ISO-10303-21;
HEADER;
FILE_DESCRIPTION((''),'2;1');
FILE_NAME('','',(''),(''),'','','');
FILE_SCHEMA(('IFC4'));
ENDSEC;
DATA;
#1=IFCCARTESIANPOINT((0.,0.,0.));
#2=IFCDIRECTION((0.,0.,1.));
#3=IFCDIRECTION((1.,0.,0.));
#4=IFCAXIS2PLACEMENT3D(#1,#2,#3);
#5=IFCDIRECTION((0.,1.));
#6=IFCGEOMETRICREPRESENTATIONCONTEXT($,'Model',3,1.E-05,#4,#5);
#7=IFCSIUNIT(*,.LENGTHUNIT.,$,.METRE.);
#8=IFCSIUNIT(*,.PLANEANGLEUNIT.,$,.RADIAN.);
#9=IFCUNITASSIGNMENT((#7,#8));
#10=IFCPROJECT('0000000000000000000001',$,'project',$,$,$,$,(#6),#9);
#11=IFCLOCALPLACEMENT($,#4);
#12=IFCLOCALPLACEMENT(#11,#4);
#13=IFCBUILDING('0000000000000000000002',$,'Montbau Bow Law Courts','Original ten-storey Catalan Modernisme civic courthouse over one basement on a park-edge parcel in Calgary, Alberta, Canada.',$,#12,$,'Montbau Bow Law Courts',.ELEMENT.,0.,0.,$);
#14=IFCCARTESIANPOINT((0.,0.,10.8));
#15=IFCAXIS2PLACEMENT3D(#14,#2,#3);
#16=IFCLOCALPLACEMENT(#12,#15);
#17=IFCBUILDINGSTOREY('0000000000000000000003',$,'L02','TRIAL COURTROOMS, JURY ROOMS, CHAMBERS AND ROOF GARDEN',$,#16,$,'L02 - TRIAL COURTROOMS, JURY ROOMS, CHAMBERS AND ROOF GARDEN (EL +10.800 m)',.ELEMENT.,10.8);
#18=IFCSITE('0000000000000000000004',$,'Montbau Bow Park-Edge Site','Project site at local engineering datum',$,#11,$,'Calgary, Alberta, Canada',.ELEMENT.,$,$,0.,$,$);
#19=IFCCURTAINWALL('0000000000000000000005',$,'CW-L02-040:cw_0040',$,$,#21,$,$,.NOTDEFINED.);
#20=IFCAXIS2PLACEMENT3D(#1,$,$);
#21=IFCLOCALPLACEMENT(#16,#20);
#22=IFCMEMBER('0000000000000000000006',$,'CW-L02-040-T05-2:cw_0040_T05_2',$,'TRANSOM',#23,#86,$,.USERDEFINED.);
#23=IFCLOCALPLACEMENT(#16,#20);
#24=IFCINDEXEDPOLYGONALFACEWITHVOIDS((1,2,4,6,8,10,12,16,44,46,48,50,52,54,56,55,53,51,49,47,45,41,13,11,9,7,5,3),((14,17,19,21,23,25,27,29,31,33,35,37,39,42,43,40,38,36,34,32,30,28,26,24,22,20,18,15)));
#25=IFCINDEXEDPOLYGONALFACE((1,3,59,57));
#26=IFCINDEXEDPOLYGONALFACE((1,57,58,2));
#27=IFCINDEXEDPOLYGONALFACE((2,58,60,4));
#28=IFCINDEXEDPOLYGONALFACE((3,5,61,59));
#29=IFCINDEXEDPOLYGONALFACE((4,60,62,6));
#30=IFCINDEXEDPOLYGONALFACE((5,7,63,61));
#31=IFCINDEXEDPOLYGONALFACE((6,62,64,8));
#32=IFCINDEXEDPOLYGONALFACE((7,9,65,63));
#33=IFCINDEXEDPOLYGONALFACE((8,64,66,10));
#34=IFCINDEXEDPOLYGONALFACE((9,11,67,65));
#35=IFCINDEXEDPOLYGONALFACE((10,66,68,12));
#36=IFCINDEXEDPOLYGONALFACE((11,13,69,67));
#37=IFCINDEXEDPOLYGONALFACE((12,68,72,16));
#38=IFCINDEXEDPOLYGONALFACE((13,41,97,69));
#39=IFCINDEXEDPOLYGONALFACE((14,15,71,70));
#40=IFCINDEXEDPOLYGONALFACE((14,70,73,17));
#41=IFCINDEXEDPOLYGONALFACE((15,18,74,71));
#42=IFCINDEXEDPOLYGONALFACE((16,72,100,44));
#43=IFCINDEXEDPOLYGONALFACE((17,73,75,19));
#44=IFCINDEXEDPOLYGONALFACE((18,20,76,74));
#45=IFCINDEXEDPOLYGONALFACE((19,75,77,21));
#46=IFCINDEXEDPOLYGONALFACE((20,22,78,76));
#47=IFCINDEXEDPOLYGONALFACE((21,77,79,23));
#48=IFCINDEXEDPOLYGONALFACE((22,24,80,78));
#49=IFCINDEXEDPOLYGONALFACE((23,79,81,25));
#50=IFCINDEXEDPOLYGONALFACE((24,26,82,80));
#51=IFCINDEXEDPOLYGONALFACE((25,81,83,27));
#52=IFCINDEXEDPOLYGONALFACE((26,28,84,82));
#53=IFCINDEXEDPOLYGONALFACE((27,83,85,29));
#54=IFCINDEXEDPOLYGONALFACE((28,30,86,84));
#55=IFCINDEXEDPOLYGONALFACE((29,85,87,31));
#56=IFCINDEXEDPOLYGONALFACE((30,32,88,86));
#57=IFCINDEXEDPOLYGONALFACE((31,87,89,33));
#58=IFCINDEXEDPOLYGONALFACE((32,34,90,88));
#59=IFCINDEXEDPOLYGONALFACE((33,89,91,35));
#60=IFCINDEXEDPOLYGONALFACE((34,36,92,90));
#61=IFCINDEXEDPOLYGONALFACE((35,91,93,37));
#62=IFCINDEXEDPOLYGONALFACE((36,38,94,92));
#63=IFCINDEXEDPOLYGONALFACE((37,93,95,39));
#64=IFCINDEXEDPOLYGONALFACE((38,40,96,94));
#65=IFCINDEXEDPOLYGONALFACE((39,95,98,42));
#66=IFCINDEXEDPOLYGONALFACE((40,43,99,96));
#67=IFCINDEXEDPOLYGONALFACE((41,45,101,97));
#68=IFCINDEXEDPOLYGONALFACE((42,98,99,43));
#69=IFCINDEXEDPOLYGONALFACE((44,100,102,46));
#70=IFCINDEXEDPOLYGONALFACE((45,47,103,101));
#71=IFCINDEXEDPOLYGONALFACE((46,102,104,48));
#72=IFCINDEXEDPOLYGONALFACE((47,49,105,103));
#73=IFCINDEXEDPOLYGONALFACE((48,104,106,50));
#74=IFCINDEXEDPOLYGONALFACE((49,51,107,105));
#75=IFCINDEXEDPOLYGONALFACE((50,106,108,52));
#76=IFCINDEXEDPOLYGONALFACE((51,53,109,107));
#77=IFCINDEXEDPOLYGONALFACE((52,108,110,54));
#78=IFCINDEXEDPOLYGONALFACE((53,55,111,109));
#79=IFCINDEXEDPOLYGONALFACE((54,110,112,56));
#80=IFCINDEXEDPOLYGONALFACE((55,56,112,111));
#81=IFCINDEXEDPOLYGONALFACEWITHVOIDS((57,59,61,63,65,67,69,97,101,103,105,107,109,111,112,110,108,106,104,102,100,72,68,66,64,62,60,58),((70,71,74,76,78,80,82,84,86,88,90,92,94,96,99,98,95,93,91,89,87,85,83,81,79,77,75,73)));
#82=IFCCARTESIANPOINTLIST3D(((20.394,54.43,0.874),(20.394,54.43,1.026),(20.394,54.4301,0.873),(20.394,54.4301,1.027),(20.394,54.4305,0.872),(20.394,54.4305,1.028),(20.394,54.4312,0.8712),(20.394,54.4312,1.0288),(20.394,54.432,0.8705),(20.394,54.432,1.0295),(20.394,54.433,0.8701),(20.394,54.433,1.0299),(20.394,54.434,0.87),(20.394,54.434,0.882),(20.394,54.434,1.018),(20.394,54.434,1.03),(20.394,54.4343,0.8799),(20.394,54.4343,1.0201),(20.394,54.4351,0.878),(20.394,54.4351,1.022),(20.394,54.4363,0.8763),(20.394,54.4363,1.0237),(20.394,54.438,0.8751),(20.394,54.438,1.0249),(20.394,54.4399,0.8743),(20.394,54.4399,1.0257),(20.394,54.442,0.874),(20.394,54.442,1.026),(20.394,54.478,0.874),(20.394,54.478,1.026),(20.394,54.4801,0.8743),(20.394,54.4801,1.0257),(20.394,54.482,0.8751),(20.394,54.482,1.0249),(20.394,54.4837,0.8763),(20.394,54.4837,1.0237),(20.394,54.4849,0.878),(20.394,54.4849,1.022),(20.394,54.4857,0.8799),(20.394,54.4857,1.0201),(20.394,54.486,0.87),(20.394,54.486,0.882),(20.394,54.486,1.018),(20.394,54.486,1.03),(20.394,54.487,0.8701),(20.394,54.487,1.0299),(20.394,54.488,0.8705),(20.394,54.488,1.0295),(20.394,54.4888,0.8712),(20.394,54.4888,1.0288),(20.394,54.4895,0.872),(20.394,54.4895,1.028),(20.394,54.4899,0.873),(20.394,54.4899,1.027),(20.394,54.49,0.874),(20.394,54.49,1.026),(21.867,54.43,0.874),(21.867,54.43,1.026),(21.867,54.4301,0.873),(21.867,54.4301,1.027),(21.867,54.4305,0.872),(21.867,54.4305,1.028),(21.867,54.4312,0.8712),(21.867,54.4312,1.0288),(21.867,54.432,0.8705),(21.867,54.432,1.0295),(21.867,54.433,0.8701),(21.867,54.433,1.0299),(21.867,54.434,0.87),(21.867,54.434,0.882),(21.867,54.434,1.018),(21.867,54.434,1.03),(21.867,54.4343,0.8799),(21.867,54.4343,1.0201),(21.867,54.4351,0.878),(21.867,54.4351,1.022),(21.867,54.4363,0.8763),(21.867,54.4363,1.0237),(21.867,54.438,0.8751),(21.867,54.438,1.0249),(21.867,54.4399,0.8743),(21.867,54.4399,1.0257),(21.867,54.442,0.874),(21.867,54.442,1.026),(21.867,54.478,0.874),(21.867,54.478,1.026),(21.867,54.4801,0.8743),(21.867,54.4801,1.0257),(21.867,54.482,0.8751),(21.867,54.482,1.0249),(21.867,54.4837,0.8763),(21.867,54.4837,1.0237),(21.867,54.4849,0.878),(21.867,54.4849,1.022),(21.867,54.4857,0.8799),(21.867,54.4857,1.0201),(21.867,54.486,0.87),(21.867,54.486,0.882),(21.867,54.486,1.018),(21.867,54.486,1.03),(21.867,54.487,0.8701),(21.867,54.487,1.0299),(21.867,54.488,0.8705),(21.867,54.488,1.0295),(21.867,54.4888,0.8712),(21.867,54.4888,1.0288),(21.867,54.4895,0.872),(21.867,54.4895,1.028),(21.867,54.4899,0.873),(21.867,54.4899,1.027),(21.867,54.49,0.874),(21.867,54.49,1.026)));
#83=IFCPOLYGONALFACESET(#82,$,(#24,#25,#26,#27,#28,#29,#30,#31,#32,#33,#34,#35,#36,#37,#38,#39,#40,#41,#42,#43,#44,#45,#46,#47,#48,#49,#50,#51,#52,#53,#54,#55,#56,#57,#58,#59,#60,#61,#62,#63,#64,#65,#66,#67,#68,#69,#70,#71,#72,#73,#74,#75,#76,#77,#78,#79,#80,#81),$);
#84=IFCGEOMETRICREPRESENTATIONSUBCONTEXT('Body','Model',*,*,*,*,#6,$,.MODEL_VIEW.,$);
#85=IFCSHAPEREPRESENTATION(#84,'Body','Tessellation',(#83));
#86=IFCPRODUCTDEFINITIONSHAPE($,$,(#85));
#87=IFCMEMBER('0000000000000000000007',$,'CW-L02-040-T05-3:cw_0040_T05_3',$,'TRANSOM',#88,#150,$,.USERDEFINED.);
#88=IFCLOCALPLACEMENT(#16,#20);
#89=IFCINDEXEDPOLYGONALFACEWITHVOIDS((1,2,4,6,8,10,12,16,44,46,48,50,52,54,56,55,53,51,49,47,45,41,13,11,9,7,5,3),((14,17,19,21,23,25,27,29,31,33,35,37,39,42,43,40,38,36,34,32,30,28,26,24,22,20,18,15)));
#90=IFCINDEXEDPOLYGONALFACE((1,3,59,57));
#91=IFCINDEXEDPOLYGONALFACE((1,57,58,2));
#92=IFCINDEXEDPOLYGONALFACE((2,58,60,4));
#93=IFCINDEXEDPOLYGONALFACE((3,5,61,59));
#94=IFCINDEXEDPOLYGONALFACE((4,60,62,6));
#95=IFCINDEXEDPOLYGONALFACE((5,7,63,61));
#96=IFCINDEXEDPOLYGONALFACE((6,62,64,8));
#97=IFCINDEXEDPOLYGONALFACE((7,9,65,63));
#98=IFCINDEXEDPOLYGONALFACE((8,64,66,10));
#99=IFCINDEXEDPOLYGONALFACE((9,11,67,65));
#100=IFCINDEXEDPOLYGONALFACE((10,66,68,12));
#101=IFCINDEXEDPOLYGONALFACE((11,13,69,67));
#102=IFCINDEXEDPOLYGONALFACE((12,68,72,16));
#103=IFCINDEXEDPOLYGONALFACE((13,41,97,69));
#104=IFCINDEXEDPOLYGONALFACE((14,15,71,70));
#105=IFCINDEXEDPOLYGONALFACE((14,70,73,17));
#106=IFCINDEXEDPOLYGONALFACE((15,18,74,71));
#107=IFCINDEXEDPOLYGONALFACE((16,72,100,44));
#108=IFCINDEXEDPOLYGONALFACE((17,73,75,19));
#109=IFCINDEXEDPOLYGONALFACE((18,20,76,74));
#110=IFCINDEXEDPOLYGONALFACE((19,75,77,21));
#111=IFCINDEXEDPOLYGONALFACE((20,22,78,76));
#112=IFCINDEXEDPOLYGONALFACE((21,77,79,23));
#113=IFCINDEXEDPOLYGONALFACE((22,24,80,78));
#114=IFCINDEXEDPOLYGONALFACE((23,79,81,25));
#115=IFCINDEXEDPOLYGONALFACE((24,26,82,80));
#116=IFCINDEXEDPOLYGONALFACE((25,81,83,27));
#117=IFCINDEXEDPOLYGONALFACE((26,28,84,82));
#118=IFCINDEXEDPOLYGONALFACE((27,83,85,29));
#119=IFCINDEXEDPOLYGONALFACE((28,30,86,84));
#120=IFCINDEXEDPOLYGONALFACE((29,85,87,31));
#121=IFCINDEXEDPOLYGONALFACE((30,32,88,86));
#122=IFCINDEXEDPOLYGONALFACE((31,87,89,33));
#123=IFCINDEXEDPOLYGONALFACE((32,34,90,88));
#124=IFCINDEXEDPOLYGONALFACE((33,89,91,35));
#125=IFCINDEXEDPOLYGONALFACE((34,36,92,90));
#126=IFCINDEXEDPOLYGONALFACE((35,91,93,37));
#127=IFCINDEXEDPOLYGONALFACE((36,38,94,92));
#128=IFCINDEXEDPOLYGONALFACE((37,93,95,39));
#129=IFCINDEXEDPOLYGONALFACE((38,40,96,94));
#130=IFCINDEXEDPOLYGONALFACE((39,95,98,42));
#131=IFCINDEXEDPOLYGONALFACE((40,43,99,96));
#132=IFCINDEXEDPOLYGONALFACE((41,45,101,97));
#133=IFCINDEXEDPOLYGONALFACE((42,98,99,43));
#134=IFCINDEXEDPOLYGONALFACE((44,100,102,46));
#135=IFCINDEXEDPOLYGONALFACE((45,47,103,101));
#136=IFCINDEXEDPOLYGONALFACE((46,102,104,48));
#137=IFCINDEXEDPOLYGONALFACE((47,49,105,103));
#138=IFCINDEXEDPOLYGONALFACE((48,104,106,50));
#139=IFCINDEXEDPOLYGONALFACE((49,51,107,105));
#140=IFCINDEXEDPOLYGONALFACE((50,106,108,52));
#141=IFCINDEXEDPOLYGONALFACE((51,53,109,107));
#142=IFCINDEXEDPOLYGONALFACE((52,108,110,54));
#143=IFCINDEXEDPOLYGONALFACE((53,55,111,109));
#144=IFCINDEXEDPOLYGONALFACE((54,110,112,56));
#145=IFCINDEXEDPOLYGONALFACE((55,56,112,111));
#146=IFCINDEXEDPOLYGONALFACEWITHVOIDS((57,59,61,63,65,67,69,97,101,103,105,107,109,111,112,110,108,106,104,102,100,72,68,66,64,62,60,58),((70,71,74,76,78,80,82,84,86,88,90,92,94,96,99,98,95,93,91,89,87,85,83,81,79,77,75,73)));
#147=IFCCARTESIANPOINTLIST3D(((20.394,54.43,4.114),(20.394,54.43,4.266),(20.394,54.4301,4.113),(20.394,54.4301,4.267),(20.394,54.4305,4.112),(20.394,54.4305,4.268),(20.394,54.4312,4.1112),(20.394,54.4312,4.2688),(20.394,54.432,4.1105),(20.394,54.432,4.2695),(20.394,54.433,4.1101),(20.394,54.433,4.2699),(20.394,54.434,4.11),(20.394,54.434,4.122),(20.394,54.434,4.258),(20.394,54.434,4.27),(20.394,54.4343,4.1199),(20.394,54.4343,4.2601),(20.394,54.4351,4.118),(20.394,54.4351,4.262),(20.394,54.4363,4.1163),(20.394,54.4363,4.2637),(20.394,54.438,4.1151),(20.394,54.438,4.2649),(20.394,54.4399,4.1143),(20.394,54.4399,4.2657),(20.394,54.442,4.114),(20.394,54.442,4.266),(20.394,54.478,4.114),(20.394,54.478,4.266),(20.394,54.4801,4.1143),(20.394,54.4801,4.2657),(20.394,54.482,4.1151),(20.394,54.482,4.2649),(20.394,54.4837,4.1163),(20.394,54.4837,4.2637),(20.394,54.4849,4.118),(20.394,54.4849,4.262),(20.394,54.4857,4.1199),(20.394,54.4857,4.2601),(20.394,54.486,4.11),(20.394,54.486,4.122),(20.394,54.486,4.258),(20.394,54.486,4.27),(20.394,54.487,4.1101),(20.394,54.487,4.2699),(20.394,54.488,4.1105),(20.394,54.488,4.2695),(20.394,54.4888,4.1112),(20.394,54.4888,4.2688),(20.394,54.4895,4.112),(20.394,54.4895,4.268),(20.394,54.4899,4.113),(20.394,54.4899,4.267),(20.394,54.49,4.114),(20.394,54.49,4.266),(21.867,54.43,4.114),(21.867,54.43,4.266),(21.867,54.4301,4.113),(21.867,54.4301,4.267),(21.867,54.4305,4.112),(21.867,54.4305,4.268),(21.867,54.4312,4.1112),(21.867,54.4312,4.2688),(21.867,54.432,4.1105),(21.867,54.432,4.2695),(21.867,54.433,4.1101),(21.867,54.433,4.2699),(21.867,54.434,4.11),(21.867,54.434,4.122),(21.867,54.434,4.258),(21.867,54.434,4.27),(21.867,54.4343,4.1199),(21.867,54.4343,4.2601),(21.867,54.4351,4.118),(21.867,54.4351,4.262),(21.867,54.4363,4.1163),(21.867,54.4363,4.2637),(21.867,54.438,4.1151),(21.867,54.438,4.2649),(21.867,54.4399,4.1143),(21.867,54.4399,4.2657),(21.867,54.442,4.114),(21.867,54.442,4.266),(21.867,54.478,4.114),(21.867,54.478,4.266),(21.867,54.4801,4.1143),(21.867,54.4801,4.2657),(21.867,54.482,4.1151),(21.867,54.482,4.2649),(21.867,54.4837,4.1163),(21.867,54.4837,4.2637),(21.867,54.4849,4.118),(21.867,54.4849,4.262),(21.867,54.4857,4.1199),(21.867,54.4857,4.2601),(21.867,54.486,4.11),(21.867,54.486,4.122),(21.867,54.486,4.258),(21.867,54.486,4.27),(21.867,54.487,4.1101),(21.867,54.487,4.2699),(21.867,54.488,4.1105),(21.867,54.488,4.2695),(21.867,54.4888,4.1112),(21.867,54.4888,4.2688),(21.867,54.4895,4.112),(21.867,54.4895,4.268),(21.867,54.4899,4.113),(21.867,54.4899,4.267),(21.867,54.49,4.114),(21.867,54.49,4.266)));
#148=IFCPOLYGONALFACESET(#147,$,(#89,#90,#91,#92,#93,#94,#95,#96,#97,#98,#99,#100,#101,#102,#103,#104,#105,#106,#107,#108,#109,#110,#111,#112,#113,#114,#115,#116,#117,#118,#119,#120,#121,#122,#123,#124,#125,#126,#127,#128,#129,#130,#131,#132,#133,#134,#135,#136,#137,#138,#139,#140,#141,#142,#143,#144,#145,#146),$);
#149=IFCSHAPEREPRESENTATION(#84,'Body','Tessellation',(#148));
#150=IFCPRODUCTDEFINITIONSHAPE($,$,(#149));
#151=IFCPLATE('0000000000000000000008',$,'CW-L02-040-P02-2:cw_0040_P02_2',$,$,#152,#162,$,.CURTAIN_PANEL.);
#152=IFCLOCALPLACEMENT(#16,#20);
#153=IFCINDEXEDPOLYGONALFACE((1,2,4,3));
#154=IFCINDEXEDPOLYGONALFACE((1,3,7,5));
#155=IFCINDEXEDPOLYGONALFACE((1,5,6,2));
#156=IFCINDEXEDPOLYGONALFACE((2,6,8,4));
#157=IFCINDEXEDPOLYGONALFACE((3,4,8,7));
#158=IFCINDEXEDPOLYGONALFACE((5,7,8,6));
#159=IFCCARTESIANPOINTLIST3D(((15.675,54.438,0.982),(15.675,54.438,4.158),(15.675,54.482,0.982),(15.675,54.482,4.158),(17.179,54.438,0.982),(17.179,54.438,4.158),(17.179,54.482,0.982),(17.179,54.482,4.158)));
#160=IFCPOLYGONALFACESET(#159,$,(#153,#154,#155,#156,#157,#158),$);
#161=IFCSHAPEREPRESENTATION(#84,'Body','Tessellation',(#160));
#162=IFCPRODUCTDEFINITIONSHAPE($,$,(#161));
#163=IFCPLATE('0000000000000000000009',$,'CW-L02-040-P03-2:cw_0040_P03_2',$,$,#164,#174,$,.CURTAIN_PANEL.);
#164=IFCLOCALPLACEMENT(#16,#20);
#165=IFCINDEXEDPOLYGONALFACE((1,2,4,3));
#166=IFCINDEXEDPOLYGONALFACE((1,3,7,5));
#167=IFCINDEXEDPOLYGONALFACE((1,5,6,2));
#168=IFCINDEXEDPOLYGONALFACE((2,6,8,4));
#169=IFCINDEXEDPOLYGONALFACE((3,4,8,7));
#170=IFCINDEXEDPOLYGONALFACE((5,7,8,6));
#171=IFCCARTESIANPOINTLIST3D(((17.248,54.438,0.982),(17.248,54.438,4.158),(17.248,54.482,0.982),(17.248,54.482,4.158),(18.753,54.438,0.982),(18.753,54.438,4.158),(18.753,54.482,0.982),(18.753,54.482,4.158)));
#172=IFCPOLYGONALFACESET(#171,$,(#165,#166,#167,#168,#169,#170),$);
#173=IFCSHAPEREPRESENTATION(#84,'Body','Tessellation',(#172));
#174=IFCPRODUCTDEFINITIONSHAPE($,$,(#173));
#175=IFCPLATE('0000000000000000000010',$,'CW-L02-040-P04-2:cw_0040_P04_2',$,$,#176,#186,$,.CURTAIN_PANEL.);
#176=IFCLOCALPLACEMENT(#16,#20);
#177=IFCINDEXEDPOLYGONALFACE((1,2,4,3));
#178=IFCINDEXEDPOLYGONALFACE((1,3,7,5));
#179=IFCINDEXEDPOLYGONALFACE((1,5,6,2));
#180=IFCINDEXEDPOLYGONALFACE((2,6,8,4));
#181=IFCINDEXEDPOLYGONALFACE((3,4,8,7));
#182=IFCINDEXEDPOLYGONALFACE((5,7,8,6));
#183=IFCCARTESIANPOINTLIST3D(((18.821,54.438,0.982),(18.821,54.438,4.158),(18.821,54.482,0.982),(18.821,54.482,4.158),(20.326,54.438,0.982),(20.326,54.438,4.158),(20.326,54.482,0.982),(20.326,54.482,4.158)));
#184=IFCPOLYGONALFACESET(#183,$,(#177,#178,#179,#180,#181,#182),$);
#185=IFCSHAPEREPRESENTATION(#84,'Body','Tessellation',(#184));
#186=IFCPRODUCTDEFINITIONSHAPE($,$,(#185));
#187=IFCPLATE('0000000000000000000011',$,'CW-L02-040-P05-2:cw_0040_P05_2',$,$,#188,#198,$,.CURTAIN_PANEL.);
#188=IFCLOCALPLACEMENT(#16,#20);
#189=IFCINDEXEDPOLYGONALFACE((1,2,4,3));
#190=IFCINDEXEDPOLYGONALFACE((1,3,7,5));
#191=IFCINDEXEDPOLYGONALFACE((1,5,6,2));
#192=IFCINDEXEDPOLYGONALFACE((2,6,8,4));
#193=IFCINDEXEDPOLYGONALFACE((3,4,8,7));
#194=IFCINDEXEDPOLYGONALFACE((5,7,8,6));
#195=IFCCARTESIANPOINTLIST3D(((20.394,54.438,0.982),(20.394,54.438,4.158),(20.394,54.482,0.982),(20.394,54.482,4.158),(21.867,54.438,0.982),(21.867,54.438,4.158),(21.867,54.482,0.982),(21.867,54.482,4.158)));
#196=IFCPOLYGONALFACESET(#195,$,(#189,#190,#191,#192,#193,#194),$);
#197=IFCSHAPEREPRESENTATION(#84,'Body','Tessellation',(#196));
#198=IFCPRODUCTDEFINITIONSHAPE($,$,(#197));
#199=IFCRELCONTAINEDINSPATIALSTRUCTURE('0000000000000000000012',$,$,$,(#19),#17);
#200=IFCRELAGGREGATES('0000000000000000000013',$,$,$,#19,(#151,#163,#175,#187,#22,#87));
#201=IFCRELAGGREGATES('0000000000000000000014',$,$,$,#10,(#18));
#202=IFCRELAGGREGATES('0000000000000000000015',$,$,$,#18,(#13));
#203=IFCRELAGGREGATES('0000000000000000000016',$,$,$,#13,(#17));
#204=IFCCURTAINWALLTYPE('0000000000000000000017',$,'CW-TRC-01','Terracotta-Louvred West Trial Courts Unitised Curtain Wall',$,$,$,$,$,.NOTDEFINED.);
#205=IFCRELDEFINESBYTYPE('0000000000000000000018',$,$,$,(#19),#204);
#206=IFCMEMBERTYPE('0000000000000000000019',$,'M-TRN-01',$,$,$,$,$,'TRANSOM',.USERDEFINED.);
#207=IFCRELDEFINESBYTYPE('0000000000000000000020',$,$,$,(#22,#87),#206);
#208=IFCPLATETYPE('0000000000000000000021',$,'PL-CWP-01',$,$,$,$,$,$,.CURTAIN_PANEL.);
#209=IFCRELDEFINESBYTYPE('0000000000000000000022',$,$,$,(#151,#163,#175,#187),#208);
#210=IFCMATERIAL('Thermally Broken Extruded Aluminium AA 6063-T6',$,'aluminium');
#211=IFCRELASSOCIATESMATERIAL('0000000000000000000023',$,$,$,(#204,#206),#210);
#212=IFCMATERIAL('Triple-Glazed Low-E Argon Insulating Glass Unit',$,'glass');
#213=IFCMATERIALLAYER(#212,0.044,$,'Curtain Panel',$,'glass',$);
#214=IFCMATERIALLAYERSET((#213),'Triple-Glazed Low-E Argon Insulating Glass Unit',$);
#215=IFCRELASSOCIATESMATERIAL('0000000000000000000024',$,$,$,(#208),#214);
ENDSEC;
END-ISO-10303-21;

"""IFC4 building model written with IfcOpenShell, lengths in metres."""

from ifc_helpers import new_model, si_unit, direction, frame, frame_2d, origin_with_axes, origin_2d_with_axis, place, context, subcontext, project, spatial, rectangle, hollow_rectangle, extrude, material, layer, layer_set, material_profile, profile_set, type_object, element, aggregate, save


model = new_model("IFC4")

# Units and contexts
model_context = context("Model", 3, precision=1e-05, world=origin_with_axes(), true_north=direction((0.0, 1.0)))
body_context = subcontext(model_context, "Body", "Model", "MODEL_VIEW")
ifc_project = project(units=[si_unit("LENGTHUNIT", "METRE"), si_unit("PLANEANGLEUNIT", "RADIAN")], contexts=[model_context])

# Site, building, storey
site_placement = place(None, origin_with_axes())
site = spatial("IfcSite", under=ifc_project, at=site_placement, Name="Montbau Bow Park-Edge Site", Description="Project site at local engineering datum", LongName="Calgary, Alberta, Canada", CompositionType="ELEMENT", RefElevation=0.0)
building_placement = place(site_placement, origin_with_axes())
building = spatial("IfcBuilding", under=site, at=building_placement, Name="Montbau Bow Law Courts", Description="Original ten-storey Catalan Modernisme civic courthouse over one basement on a park-edge parcel in Calgary, Alberta, Canada.", LongName="Montbau Bow Law Courts", CompositionType="ELEMENT", ElevationOfRefHeight=0.0, ElevationOfTerrain=0.0)
storey_placement = place(building_placement, frame((0.0, 0.0, 10.8), z_axis=(0.0, 0.0, 1.0), x_axis=(1.0, 0.0, 0.0)))
storey = spatial("IfcBuildingStorey", under=building, at=storey_placement, Name="L02", Description="TRIAL COURTROOMS, JURY ROOMS, CHAMBERS AND ROOF GARDEN", LongName="L02 - TRIAL COURTROOMS, JURY ROOMS, CHAMBERS AND ROOF GARDEN (EL +10.800 m)", CompositionType="ELEMENT", Elevation=10.8)

# Curtain wall
ifc_material_1 = material(Name="Thermally Broken Extruded Aluminium AA 6063-T6", Category="aluminium")
curtain_wall_type = type_object("IfcCurtainWallType", Name="CW-TRC-01", Description="Terracotta-Louvred West Trial Courts Unitised Curtain Wall", PredefinedType="NOTDEFINED", material=ifc_material_1)
curtain_wall_1_placement = place(None, frame((14.068, 54.46, 10.8), z_axis=(0.0, 0.0, 1.0), x_axis=(1.0, 0.0, 0.0)))
curtain_wall_1 = element("IfcCurtainWall", 1, at=curtain_wall_1_placement, inside=storey, type_object=curtain_wall_type, Name="CW-L02-040:cw_0040", PredefinedType="NOTDEFINED")

# Members
ifc_material_profile_1 = material_profile(ifc_material_1, hollow_rectangle(XDim=0.06, YDim=0.16, WallThickness=0.004, InnerFilletRadius=0.008, OuterFilletRadius=0.004, at=origin_2d_with_axis()), Name="CWT-160X60", Category="Main", Priority=0)
ifc_profile_set_1 = profile_set([ifc_material_profile_1], Name="Thermally Broken Extruded Aluminium AA 6063-T6")
member_type_1 = type_object("IfcMemberType", Name="M-TRN-01", ElementType="TRANSOM", PredefinedType="USERDEFINED", material=ifc_profile_set_1)
member_1_placement = place(None, frame((20.394, 54.46, 11.75), z_axis=(1.0, 0.0, 0.0), x_axis=(0.0, 1.0, 0.0)))
member_1 = element("IfcMember", 2, at=member_1_placement, type_object=member_type_1, Name="CW-L02-040-T05-2:cw_0040_T05_2", ObjectType="TRANSOM", PredefinedType="USERDEFINED", context=body_context, shape_type="SweptSolid", body=[
    extrude(hollow_rectangle(XDim=0.06, YDim=0.16, WallThickness=0.004, InnerFilletRadius=0.008, OuterFilletRadius=0.004, at=origin_2d_with_axis()), origin_with_axes(), (0.0, 0.0, 1.0), 1.473),
])
member_2_placement = place(None, frame((20.394, 54.46, 14.99), z_axis=(1.0, 0.0, 0.0), x_axis=(0.0, 1.0, 0.0)))
member_2 = element("IfcMember", 3, at=member_2_placement, type_object=member_type_1, Name="CW-L02-040-T05-3:cw_0040_T05_3", ObjectType="TRANSOM", PredefinedType="USERDEFINED", context=body_context, shape_type="SweptSolid", body=[
    extrude(hollow_rectangle(XDim=0.06, YDim=0.16, WallThickness=0.004, InnerFilletRadius=0.008, OuterFilletRadius=0.004, at=origin_2d_with_axis()), origin_with_axes(), (0.0, 0.0, 1.0), 1.473),
])

# Plates
ifc_material_2 = material(Name="Triple-Glazed Low-E Argon Insulating Glass Unit", Category="glass")
ifc_layer_1 = layer(ifc_material_2, 0.044, Name="Curtain Panel", Category="glass")
ifc_layer_set_1 = layer_set([ifc_layer_1], Name="Triple-Glazed Low-E Argon Insulating Glass Unit")
plate_type_1 = type_object("IfcPlateType", Name="PL-CWP-01", PredefinedType="CURTAIN_PANEL", material=ifc_layer_set_1)
plate_1_placement = place(None, frame((15.675, 54.46, 11.782), z_axis=(0.0, -1.0, 0.0), x_axis=(1.0, 0.0, 0.0)))
plate_1 = element("IfcPlate", 4, at=plate_1_placement, type_object=plate_type_1, Name="CW-L02-040-P02-2:cw_0040_P02_2", PredefinedType="CURTAIN_PANEL", context=body_context, shape_type="SweptSolid", body=[
    extrude(rectangle(XDim=1.504, YDim=3.176, at=frame_2d((0.752, 1.588), x_axis=(1.0, 0.0))), frame((0.0, 0.0, -0.022), z_axis=(0.0, 0.0, 1.0), x_axis=(1.0, 0.0, 0.0)), (0.0, 0.0, 1.0), 0.044),
])
plate_2_placement = place(None, frame((17.248, 54.46, 11.782), z_axis=(0.0, -1.0, 0.0), x_axis=(1.0, 0.0, 0.0)))
plate_2 = element("IfcPlate", 5, at=plate_2_placement, type_object=plate_type_1, Name="CW-L02-040-P03-2:cw_0040_P03_2", PredefinedType="CURTAIN_PANEL", context=body_context, shape_type="SweptSolid", body=[
    extrude(rectangle(XDim=1.505, YDim=3.176, at=frame_2d((0.7525, 1.588), x_axis=(1.0, 0.0))), frame((0.0, 0.0, -0.022), z_axis=(0.0, 0.0, 1.0), x_axis=(1.0, 0.0, 0.0)), (0.0, 0.0, 1.0), 0.044),
])
plate_3_placement = place(None, frame((18.821, 54.46, 11.782), z_axis=(0.0, -1.0, 0.0), x_axis=(1.0, 0.0, 0.0)))
plate_3 = element("IfcPlate", 6, at=plate_3_placement, type_object=plate_type_1, Name="CW-L02-040-P04-2:cw_0040_P04_2", PredefinedType="CURTAIN_PANEL", context=body_context, shape_type="SweptSolid", body=[
    extrude(rectangle(XDim=1.505, YDim=3.176, at=frame_2d((0.7525, 1.588), x_axis=(1.0, 0.0))), frame((0.0, 0.0, -0.022), z_axis=(0.0, 0.0, 1.0), x_axis=(1.0, 0.0, 0.0)), (0.0, 0.0, 1.0), 0.044),
])
plate_4_placement = place(None, frame((20.394, 54.46, 11.782), z_axis=(0.0, -1.0, 0.0), x_axis=(1.0, 0.0, 0.0)))
plate_4 = element("IfcPlate", 7, at=plate_4_placement, type_object=plate_type_1, Name="CW-L02-040-P05-2:cw_0040_P05_2", PredefinedType="CURTAIN_PANEL", context=body_context, shape_type="SweptSolid", body=[
    extrude(rectangle(XDim=1.473, YDim=3.176, at=frame_2d((0.7365, 1.588), x_axis=(1.0, 0.0))), frame((0.0, 0.0, -0.022), z_axis=(0.0, 0.0, 1.0), x_axis=(1.0, 0.0, 0.0)), (0.0, 0.0, 1.0), 0.044),
])
aggregate(curtain_wall_1, [plate_1, plate_2, plate_3, plate_4, member_1, member_2])

save(model, "model.ifc")
